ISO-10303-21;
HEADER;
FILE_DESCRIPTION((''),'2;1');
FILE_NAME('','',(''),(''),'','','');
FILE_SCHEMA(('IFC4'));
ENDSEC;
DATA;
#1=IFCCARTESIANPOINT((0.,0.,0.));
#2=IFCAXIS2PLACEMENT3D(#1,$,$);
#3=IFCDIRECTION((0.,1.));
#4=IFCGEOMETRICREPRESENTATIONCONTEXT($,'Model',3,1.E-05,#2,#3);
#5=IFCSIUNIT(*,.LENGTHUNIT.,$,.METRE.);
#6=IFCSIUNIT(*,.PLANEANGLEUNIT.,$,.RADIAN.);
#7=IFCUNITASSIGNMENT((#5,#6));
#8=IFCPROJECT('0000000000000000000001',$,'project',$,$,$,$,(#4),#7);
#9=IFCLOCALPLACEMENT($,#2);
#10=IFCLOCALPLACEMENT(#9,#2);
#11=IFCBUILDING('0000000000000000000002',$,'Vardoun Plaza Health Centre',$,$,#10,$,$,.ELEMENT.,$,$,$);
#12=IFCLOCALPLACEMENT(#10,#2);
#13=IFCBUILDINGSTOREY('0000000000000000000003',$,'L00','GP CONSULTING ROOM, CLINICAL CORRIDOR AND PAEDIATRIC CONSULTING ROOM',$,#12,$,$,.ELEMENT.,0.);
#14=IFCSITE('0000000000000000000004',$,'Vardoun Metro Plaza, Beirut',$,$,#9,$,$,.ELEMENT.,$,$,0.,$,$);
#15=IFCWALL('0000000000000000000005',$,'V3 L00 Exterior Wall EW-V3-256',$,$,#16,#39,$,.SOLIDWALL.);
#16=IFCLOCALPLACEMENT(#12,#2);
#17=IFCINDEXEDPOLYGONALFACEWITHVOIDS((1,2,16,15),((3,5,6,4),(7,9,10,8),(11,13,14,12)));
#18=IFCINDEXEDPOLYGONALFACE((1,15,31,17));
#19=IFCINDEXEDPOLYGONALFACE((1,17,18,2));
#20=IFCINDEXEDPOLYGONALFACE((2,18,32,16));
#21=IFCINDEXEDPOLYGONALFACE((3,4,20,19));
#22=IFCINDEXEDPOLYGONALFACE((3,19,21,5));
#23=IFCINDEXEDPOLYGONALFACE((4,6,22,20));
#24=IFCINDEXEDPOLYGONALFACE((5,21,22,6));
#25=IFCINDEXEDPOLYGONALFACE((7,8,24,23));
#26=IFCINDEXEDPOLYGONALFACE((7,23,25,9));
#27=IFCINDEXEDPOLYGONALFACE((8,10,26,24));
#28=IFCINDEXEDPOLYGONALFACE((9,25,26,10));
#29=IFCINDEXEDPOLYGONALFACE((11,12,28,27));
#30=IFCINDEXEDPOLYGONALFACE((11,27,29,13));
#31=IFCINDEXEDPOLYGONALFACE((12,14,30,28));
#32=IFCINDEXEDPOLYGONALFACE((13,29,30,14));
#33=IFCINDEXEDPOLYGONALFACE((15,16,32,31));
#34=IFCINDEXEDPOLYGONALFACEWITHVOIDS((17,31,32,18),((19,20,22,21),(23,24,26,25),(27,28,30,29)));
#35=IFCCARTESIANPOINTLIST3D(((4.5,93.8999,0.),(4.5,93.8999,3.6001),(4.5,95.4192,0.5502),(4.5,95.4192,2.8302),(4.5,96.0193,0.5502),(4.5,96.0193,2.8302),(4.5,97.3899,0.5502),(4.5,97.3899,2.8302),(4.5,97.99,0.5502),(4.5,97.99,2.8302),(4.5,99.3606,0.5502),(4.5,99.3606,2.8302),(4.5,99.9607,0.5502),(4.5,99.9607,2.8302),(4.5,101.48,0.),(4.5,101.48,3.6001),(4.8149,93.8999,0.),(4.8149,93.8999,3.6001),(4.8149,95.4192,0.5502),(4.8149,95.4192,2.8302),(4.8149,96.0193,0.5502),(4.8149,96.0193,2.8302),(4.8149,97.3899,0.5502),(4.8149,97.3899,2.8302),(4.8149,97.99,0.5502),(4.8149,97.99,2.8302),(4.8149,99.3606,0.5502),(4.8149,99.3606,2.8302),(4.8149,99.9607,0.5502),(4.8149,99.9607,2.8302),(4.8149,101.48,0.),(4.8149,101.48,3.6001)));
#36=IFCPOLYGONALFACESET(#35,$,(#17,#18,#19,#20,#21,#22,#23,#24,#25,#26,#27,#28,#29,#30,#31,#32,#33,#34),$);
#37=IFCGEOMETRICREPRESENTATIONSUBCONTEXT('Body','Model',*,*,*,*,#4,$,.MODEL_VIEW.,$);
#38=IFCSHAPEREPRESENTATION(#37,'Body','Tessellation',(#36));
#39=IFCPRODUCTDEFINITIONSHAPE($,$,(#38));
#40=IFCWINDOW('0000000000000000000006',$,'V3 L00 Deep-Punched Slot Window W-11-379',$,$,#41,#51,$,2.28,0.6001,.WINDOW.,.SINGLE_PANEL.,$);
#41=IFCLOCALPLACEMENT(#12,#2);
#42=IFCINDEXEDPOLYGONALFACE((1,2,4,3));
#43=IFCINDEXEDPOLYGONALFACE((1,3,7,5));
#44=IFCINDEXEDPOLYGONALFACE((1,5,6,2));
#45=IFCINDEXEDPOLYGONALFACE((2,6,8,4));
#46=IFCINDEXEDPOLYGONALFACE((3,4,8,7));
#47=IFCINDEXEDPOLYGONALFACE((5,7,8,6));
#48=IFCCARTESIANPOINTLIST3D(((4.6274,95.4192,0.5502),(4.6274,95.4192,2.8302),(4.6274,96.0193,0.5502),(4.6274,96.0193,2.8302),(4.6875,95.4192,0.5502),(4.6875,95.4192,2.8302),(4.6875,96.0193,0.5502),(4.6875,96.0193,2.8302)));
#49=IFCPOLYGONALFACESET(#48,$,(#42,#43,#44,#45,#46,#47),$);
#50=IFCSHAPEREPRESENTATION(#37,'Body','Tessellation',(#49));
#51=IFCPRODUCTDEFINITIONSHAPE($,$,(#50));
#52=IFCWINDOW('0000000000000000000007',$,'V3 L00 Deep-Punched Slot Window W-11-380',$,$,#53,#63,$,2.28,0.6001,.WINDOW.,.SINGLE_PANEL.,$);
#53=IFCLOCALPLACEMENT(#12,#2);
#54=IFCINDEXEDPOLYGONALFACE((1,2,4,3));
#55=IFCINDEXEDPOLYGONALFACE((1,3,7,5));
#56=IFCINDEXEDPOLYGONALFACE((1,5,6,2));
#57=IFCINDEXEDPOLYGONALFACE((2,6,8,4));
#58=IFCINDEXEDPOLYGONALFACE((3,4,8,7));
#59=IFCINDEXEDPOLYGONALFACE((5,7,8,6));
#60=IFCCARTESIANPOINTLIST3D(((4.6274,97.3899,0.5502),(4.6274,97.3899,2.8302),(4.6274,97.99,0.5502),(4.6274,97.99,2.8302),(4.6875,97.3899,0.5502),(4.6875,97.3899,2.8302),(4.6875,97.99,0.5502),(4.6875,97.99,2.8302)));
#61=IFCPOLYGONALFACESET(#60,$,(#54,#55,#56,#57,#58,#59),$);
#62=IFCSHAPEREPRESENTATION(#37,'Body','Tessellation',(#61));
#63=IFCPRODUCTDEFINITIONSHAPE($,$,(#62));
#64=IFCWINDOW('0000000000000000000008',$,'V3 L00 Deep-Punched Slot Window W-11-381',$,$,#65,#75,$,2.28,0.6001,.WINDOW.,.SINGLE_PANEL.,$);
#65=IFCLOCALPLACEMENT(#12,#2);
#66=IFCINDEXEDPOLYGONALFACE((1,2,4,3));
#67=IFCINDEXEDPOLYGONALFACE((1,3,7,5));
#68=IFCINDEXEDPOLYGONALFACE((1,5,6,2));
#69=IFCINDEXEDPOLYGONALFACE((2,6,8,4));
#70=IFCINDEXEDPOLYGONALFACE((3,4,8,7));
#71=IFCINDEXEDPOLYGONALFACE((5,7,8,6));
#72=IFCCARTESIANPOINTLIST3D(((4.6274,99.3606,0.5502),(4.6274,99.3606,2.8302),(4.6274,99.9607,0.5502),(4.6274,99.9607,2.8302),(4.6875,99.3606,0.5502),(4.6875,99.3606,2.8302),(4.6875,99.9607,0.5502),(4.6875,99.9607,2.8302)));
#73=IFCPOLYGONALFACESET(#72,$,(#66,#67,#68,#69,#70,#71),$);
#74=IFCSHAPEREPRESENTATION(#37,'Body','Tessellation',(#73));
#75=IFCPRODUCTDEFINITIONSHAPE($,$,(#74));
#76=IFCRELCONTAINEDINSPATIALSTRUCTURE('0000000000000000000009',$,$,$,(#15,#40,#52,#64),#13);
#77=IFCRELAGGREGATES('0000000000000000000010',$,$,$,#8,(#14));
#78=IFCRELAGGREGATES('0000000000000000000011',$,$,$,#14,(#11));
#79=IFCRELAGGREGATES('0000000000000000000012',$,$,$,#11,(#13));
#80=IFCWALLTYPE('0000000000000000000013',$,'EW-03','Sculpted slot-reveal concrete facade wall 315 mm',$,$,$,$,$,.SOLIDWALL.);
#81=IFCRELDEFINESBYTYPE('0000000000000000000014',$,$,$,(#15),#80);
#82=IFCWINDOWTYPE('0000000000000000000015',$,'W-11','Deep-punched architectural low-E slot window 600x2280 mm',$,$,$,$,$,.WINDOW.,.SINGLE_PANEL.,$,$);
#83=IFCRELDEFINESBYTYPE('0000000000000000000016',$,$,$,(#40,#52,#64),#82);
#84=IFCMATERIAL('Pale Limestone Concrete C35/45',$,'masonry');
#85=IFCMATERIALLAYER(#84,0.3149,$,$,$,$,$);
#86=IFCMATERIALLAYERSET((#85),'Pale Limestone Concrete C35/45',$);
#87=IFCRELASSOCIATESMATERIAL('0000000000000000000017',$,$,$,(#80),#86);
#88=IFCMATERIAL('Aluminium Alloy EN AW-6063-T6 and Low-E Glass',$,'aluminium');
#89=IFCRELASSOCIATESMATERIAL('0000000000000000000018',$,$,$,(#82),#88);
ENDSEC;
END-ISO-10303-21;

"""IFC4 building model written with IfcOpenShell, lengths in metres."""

from ifc_helpers import new_model, si_unit, direction, frame, frame_2d, origin, place, context, subcontext, project, spatial, rectangle, extrude, material, layer, layer_set, type_object, element, fill, save


model = new_model("IFC4")

# Units and contexts
model_context = context("Model", 3, precision=1e-05, world=origin(), true_north=direction((0.0, 1.0)))
body_context = subcontext(model_context, "Body", "Model", "MODEL_VIEW")
ifc_project = project(units=[si_unit("LENGTHUNIT", "METRE"), si_unit("PLANEANGLEUNIT", "RADIAN")], contexts=[model_context])

# Site, building, storey
site_placement = place(None, origin())
site = spatial("IfcSite", under=ifc_project, at=site_placement, Name="Vardoun Metro Plaza, Beirut", CompositionType="ELEMENT", RefElevation=0.0)
building_placement = place(site_placement, origin())
building = spatial("IfcBuilding", under=site, at=building_placement, Name="Vardoun Plaza Health Centre", CompositionType="ELEMENT")
storey_placement = place(building_placement, origin())
storey = spatial("IfcBuildingStorey", under=building, at=storey_placement, Name="L00", Description="GP CONSULTING ROOM, CLINICAL CORRIDOR AND PAEDIATRIC CONSULTING ROOM", CompositionType="ELEMENT", Elevation=0.0)

# Wall, openings, windows
ifc_material_1 = material(Name="Pale Limestone Concrete C35/45", Category="masonry")
ifc_layer_1 = layer(ifc_material_1, 0.3149)
ifc_layer_set_1 = layer_set([ifc_layer_1], Name="Pale Limestone Concrete C35/45")
wall_type_1 = type_object("IfcWallType", Name="EW-03", Description="Sculpted slot-reveal concrete facade wall 315 mm", PredefinedType="SOLIDWALL", material=ifc_layer_set_1)
wall_1_placement = place(storey_placement, frame((4.6575, 93.8999, 0.0), z_axis=(0.0, 0.0, 1.0), x_axis=(0.0, 1.0, 0.0)))
wall_1 = element("IfcWall", 1, at=wall_1_placement, inside=storey, type_object=wall_type_1, Name="V3 L00 Exterior Wall EW-V3-256", PredefinedType="SOLIDWALL", context=body_context, shape_type="SweptSolid", body=[
    extrude(rectangle(XDim=7.5801, YDim=0.3149, at=frame_2d((3.79, 0.0))), origin(), (0.0, 0.0, 1.0), 3.6001),
])
opening_1_placement = place(wall_1_placement, frame((1.5193, 0.0, 0.55)))
opening_1 = element("IfcOpeningElement", 2, at=opening_1_placement, cuts=wall_1, PredefinedType="OPENING", context=body_context, shape_type="SweptSolid", body=[
    extrude(rectangle(XDim=0.6001, YDim=2.28, at=frame_2d((0.3, 1.1401))), frame((0.0, 0.1575, 0.0), z_axis=(0.0, -1.0, 0.0), x_axis=(1.0, 0.0, 0.0)), (0.0, 0.0, 1.0), 0.3149),
])
opening_2_placement = place(wall_1_placement, frame((3.49, 0.0, 0.55)))
opening_2 = element("IfcOpeningElement", 3, at=opening_2_placement, cuts=wall_1, PredefinedType="OPENING", context=body_context, shape_type="SweptSolid", body=[
    extrude(rectangle(XDim=0.6001, YDim=2.28, at=frame_2d((0.3, 1.1401))), frame((0.0, 0.1575, 0.0), z_axis=(0.0, -1.0, 0.0), x_axis=(1.0, 0.0, 0.0)), (0.0, 0.0, 1.0), 0.3149),
])
opening_3_placement = place(wall_1_placement, frame((5.4607, 0.0, 0.55)))
opening_3 = element("IfcOpeningElement", 4, at=opening_3_placement, cuts=wall_1, PredefinedType="OPENING", context=body_context, shape_type="SweptSolid", body=[
    extrude(rectangle(XDim=0.6001, YDim=2.28, at=frame_2d((0.3, 1.1401))), frame((0.0, 0.1575, 0.0), z_axis=(0.0, -1.0, 0.0), x_axis=(1.0, 0.0, 0.0)), (0.0, 0.0, 1.0), 0.3149),
])
ifc_material_2 = material(Name="Aluminium Alloy EN AW-6063-T6 and Low-E Glass", Category="aluminium")
window_type_1 = type_object("IfcWindowType", Name="W-11", Description="Deep-punched architectural low-E slot window 600x2280 mm", PartitioningType="SINGLE_PANEL", PredefinedType="WINDOW", material=ifc_material_2)
window_1_placement = place(opening_1_placement, origin())
window_1 = element("IfcWindow", 5, at=window_1_placement, inside=storey, type_object=window_type_1, Name="V3 L00 Deep-Punched Slot Window W-11-379", OverallHeight=2.28, OverallWidth=0.6001, PartitioningType="SINGLE_PANEL", PredefinedType="WINDOW", context=body_context, shape_type="SweptSolid", body=[
    extrude(rectangle(XDim=0.6001, YDim=2.28, at=frame_2d((0.3, 1.1401))), frame((0.0, 0.03, 0.0), z_axis=(0.0, -1.0, 0.0), x_axis=(1.0, 0.0, 0.0)), (0.0, 0.0, 1.0), 0.0601),
])
fill(opening_1, window_1)
window_2_placement = place(opening_2_placement, origin())
window_2 = element("IfcWindow", 6, at=window_2_placement, inside=storey, type_object=window_type_1, Name="V3 L00 Deep-Punched Slot Window W-11-380", OverallHeight=2.28, OverallWidth=0.6001, PartitioningType="SINGLE_PANEL", PredefinedType="WINDOW", context=body_context, shape_type="SweptSolid", body=[
    extrude(rectangle(XDim=0.6001, YDim=2.28, at=frame_2d((0.3, 1.1401))), frame((0.0, 0.03, 0.0), z_axis=(0.0, -1.0, 0.0), x_axis=(1.0, 0.0, 0.0)), (0.0, 0.0, 1.0), 0.0601),
])
fill(opening_2, window_2)
window_3_placement = place(opening_3_placement, origin())
window_3 = element("IfcWindow", 7, at=window_3_placement, inside=storey, type_object=window_type_1, Name="V3 L00 Deep-Punched Slot Window W-11-381", OverallHeight=2.28, OverallWidth=0.6001, PartitioningType="SINGLE_PANEL", PredefinedType="WINDOW", context=body_context, shape_type="SweptSolid", body=[
    extrude(rectangle(XDim=0.6001, YDim=2.28, at=frame_2d((0.3, 1.1401))), frame((0.0, 0.03, 0.0), z_axis=(0.0, -1.0, 0.0), x_axis=(1.0, 0.0, 0.0)), (0.0, 0.0, 1.0), 0.0601),
])
fill(opening_3, window_3)

save(model, "model.ifc")
